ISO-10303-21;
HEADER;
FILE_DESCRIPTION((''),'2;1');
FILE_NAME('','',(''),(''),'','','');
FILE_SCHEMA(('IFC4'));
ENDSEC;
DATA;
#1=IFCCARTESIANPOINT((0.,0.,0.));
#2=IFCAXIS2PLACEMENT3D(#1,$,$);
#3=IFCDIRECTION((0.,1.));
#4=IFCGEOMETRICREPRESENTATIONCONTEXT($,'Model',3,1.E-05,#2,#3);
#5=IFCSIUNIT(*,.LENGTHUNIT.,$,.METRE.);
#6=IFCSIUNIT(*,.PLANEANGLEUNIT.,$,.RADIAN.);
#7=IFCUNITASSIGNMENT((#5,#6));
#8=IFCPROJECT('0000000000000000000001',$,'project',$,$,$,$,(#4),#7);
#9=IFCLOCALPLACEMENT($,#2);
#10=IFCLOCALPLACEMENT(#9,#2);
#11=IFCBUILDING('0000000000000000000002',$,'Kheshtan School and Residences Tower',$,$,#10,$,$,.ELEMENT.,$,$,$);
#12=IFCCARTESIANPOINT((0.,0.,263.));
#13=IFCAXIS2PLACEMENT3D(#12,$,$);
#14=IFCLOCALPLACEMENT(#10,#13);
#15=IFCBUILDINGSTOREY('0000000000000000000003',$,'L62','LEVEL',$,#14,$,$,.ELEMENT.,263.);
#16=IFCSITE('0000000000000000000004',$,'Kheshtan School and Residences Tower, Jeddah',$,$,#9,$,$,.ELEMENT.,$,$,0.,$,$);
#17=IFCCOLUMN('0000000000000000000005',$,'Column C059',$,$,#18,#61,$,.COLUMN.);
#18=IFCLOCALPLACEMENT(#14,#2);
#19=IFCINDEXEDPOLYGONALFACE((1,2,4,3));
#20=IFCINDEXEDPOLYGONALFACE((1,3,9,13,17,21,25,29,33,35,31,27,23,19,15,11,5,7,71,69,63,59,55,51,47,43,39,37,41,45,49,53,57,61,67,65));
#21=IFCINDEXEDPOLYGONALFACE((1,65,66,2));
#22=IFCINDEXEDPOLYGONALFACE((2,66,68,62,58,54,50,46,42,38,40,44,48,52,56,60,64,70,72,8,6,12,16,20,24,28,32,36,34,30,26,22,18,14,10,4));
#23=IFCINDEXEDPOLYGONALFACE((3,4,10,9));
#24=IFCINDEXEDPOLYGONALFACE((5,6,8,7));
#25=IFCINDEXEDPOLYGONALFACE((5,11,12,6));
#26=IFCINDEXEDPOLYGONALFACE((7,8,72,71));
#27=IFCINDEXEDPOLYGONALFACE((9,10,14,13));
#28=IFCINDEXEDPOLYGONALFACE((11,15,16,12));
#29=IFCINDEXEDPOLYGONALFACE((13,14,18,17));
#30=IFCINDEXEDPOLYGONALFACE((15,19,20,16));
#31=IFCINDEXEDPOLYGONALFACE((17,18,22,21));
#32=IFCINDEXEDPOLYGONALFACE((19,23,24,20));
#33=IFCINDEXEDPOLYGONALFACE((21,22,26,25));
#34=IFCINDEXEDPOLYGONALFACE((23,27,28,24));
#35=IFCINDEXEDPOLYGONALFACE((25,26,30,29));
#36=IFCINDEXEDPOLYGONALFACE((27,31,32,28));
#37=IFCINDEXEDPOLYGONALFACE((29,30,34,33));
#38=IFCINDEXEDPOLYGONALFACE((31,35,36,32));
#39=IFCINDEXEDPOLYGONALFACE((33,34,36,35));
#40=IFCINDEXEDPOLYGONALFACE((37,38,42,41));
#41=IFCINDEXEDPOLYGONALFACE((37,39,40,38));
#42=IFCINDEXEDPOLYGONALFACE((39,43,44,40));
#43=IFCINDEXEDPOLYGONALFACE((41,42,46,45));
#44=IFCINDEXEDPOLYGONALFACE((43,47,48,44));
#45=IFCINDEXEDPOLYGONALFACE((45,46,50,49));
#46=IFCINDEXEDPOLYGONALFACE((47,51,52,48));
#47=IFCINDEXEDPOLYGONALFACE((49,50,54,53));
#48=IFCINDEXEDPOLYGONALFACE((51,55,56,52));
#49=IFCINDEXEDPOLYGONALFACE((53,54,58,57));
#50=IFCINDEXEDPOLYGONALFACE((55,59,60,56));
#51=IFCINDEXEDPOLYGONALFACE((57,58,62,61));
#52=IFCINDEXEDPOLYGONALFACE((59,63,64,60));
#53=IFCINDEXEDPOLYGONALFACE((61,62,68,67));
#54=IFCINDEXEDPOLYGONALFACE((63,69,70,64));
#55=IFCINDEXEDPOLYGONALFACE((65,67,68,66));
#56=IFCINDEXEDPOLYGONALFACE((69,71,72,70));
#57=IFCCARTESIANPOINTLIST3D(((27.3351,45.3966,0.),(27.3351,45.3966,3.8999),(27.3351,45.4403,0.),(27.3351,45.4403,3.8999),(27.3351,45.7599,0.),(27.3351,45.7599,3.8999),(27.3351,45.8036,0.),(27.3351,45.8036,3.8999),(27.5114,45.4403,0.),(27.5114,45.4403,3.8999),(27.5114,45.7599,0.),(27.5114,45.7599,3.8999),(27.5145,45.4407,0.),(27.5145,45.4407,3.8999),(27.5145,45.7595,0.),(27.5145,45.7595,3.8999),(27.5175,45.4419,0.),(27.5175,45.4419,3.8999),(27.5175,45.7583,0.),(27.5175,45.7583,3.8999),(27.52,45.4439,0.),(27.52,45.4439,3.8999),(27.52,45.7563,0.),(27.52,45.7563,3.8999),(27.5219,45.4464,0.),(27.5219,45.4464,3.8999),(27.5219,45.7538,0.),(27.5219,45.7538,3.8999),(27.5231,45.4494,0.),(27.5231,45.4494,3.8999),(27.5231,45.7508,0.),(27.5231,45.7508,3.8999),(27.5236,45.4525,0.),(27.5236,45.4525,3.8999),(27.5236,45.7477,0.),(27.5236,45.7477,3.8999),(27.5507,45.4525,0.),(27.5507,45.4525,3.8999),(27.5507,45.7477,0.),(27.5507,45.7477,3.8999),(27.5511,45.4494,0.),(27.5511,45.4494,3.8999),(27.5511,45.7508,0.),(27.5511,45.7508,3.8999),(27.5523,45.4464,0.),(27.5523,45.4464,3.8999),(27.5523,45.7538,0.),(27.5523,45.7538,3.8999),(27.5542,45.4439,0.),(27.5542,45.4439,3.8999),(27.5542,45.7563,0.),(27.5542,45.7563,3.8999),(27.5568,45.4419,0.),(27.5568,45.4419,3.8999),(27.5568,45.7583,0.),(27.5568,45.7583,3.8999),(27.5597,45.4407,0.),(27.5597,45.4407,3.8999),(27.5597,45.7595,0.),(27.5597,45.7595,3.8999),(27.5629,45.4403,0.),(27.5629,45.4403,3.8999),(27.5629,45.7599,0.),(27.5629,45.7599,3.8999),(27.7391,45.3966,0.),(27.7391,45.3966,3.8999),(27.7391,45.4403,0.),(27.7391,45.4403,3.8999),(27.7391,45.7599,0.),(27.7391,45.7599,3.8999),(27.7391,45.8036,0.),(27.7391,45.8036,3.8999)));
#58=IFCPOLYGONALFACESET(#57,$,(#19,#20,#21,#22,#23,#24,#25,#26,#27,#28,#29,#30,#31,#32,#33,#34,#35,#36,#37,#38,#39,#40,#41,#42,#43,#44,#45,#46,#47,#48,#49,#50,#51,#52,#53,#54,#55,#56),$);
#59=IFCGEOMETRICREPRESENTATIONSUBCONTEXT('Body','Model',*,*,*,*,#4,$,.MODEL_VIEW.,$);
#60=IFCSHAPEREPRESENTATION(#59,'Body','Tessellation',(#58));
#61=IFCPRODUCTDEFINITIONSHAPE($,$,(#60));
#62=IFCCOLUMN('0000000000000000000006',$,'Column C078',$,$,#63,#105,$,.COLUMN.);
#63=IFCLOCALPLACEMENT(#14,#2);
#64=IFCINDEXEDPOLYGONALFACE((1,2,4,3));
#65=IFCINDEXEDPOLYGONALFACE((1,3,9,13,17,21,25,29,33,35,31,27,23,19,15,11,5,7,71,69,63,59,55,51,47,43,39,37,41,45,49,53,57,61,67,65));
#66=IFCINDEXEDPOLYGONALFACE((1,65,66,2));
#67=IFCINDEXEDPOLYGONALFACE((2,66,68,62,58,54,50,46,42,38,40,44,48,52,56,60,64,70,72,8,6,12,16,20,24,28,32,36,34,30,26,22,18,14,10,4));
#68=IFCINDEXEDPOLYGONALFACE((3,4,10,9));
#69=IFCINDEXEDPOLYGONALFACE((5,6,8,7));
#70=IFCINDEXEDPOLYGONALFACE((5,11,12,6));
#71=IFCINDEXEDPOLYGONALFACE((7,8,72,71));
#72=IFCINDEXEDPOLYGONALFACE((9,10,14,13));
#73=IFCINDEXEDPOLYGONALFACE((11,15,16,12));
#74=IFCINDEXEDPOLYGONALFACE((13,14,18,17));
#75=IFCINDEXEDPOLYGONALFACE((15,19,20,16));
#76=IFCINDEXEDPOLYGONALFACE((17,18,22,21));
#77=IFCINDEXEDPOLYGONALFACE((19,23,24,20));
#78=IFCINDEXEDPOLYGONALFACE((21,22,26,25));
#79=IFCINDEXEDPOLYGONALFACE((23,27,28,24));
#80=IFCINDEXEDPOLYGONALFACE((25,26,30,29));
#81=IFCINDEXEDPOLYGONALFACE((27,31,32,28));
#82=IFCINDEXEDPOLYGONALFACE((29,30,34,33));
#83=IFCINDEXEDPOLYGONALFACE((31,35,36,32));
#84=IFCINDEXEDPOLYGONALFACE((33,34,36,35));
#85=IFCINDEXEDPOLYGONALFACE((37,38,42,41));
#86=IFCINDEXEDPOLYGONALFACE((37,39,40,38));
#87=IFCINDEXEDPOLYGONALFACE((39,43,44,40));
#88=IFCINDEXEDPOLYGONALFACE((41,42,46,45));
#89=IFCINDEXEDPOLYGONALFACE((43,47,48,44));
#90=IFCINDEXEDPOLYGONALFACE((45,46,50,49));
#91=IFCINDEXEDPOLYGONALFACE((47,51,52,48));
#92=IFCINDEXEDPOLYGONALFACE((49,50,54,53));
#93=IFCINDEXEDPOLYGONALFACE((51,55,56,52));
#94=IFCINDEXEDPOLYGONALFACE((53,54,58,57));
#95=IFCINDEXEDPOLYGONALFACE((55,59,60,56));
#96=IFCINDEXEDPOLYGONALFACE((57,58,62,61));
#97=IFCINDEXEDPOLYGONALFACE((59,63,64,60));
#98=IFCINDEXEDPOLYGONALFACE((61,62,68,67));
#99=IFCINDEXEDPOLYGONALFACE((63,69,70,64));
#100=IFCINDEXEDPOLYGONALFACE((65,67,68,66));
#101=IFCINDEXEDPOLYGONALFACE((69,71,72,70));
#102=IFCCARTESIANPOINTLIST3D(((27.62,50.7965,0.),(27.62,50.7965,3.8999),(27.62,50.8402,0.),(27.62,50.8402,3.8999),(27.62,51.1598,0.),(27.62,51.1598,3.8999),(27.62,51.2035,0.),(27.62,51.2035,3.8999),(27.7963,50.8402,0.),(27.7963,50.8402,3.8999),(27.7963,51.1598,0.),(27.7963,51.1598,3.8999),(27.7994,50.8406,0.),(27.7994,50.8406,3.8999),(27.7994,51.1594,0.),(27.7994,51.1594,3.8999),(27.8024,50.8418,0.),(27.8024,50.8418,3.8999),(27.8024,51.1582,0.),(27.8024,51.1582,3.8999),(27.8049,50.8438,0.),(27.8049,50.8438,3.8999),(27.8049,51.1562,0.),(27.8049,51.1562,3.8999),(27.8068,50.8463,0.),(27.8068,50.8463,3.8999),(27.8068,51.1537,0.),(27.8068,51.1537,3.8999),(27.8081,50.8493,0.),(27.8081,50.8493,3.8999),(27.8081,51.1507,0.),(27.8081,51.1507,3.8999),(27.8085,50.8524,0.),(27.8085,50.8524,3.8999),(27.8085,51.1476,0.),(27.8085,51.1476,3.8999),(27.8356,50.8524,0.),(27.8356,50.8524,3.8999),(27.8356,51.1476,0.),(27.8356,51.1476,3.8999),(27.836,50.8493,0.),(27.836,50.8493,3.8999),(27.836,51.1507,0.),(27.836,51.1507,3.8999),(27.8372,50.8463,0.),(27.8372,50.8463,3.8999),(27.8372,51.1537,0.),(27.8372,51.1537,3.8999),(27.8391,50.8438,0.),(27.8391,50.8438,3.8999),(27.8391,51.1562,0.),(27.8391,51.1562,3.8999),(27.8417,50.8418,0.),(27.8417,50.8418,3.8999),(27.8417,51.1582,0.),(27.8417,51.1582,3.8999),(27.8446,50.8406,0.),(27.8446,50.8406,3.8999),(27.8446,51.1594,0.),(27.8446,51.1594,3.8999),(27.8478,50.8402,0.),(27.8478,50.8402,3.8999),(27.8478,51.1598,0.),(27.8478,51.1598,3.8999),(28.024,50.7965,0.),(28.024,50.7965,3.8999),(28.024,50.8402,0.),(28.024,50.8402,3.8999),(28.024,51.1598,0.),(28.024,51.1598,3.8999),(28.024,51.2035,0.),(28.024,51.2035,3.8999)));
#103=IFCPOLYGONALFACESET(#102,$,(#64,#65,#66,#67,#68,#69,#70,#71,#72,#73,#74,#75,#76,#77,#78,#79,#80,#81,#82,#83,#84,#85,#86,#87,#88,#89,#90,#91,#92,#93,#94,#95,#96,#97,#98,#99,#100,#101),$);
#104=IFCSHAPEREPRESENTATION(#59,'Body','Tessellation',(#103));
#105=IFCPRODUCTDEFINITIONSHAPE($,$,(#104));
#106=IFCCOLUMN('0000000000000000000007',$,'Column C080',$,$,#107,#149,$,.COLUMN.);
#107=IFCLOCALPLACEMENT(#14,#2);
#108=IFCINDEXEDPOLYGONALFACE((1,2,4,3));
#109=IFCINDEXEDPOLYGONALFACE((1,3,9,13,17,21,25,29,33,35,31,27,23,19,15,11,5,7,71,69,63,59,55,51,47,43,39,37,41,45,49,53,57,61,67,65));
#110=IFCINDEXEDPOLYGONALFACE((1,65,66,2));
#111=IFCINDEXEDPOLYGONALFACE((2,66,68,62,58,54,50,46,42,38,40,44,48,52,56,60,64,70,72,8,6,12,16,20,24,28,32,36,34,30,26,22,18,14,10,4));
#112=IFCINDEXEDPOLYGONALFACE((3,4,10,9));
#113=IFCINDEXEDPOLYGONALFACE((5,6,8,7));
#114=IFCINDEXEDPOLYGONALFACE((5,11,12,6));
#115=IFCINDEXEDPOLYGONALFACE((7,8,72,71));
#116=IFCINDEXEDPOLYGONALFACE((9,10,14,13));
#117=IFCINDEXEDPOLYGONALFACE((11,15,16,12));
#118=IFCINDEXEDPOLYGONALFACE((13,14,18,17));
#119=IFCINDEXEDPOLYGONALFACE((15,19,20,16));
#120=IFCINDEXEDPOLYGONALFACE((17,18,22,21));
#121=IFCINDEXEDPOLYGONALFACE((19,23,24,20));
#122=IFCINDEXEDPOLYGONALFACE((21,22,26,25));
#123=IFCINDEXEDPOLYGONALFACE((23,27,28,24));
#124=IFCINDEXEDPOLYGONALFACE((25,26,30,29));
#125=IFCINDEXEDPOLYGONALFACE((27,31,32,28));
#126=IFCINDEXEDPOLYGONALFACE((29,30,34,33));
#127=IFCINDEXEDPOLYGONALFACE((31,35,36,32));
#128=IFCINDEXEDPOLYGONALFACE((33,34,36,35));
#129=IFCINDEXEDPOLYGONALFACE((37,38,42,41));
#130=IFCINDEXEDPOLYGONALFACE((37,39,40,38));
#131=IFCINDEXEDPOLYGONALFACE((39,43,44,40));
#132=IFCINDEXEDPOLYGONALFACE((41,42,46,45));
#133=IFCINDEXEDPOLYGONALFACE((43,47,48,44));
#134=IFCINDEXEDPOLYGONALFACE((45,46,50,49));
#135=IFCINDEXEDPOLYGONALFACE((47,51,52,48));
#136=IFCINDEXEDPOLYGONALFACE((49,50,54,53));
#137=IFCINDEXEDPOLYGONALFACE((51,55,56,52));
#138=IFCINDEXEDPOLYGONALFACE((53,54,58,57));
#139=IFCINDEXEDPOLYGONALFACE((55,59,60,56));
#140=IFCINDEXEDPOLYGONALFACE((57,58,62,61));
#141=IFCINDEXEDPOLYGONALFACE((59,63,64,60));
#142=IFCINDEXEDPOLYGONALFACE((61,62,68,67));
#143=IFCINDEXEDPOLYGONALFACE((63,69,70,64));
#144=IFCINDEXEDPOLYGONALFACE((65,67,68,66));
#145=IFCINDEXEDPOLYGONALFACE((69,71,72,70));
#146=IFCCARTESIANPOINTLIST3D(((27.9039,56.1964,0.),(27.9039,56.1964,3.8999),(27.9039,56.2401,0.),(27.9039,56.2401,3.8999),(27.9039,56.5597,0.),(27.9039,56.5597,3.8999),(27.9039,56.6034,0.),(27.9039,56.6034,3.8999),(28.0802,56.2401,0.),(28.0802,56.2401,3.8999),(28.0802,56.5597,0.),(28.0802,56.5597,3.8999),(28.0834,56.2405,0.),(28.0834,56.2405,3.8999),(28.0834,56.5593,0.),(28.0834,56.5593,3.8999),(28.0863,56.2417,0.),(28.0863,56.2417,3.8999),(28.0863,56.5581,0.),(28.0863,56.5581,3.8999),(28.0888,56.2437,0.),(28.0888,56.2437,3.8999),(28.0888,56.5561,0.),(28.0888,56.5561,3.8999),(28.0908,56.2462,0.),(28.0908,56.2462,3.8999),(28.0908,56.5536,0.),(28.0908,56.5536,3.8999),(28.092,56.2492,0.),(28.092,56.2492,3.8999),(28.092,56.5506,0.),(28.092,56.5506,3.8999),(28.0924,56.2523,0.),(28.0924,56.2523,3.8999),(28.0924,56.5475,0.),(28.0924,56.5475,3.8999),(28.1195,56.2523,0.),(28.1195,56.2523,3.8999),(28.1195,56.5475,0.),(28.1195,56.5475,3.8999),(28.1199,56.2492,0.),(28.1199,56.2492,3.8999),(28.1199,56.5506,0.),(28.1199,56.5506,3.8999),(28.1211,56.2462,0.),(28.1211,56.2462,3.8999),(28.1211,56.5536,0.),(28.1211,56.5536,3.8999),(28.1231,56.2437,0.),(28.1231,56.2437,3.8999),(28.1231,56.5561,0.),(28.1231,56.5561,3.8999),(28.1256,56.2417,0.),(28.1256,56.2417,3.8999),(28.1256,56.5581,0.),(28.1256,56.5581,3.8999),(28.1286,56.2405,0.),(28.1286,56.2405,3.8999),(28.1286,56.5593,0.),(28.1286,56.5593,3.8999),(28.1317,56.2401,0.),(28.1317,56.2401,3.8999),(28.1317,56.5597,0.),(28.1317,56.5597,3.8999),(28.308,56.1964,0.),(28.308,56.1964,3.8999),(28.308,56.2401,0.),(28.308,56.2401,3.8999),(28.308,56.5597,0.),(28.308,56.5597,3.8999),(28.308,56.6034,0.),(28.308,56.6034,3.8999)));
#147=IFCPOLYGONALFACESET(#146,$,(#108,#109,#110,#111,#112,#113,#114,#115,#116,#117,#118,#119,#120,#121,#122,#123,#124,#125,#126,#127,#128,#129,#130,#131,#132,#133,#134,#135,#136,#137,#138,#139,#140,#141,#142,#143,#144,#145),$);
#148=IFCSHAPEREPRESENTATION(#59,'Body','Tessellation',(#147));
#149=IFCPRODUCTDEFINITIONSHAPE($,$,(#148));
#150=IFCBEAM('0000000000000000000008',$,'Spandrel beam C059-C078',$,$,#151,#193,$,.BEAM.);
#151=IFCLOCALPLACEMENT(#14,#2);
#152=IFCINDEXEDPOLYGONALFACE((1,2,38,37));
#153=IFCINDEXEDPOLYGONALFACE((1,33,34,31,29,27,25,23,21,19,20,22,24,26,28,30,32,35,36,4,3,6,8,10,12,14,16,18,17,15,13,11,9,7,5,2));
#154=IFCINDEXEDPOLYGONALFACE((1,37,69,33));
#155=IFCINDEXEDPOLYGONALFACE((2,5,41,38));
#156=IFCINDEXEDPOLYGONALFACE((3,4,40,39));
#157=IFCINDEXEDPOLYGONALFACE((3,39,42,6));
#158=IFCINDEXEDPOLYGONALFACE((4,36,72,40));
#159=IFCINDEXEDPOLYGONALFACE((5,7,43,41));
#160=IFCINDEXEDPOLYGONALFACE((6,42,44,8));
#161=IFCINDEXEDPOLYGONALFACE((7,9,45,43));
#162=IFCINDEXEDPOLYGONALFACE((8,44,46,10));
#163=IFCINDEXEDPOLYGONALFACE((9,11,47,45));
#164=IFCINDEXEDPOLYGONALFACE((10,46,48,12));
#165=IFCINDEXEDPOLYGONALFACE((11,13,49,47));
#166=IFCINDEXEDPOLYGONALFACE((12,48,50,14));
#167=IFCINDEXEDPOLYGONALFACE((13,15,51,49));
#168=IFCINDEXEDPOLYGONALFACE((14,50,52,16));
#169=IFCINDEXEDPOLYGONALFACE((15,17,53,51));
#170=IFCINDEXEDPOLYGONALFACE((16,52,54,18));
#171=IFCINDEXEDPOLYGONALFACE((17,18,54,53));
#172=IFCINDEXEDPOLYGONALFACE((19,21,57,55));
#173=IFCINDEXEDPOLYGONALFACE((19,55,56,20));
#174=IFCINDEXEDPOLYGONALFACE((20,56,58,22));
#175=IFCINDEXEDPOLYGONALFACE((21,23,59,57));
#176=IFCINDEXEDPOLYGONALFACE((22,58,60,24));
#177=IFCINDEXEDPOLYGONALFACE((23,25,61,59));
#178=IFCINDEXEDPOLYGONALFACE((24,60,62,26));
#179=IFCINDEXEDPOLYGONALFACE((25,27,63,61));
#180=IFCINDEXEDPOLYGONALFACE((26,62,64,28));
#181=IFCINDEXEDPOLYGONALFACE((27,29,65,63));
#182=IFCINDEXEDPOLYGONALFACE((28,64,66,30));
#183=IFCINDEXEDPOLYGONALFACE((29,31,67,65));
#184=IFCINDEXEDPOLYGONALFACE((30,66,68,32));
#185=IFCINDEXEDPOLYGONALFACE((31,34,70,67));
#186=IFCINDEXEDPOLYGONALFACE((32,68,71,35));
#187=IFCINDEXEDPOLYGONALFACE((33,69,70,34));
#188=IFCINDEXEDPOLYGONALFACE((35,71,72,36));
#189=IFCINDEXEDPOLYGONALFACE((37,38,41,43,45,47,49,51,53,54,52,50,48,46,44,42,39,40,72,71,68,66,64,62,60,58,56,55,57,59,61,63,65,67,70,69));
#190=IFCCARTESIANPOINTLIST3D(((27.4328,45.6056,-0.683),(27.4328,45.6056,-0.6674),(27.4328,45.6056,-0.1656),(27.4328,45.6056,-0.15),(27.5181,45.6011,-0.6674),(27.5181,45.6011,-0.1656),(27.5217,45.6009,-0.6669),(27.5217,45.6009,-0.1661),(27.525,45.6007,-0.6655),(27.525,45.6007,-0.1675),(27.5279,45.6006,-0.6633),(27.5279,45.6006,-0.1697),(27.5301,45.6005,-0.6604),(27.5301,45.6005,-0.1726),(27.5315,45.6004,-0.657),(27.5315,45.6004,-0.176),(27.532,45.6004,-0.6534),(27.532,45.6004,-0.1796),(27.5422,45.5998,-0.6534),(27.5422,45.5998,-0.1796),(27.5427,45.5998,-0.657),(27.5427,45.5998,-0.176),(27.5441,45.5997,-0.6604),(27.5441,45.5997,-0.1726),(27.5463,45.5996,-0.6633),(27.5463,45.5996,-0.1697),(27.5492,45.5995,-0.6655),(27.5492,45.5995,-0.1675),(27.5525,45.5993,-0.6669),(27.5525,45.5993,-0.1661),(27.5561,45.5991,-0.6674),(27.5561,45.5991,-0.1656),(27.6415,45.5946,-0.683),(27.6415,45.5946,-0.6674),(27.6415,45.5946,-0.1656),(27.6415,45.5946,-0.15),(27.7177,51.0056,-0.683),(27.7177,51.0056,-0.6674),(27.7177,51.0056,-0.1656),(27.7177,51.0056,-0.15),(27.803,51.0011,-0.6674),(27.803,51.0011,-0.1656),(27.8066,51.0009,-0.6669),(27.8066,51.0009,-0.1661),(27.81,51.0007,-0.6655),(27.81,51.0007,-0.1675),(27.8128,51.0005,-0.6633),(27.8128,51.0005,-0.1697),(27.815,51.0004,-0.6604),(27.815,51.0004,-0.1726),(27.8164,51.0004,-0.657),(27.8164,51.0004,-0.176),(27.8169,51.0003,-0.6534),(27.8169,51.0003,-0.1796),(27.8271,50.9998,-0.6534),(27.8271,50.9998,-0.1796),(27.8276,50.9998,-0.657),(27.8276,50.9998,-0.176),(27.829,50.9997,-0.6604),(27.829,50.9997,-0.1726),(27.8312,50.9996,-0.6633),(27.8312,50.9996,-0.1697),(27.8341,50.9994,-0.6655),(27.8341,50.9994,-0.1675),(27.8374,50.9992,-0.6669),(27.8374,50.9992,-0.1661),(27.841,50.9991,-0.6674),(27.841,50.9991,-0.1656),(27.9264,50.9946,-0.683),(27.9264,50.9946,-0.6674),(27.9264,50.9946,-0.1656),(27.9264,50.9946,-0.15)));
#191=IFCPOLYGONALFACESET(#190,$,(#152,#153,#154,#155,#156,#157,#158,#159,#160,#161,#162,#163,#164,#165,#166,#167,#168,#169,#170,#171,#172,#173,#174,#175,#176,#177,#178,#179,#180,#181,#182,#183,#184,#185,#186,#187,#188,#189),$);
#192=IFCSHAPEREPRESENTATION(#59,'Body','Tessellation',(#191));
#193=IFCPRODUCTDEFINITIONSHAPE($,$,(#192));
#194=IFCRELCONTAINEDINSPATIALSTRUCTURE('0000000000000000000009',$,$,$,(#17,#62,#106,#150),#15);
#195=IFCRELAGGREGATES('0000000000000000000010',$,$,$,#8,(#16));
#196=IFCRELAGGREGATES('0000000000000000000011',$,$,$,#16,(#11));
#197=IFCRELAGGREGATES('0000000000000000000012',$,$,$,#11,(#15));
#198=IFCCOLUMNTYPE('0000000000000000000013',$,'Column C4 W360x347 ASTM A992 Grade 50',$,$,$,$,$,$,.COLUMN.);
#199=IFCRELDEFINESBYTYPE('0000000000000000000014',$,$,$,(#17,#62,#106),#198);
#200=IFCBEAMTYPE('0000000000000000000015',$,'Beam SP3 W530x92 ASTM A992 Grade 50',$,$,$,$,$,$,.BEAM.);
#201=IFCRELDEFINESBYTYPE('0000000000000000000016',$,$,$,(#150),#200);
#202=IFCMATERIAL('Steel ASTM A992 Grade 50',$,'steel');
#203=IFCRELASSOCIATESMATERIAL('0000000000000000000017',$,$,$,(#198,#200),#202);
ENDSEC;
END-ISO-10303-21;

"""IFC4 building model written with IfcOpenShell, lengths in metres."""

from ifc_helpers import new_model, si_unit, direction, frame, origin, origin_2d, place, context, subcontext, project, spatial, i_section, extrude, material, material_profile, profile_set, type_object, element, save


model = new_model("IFC4")

# Units and contexts
model_context = context("Model", 3, precision=1e-05, world=origin(), true_north=direction((0.0, 1.0)))
body_context = subcontext(model_context, "Body", "Model", "MODEL_VIEW")
ifc_project = project(units=[si_unit("LENGTHUNIT", "METRE"), si_unit("PLANEANGLEUNIT", "RADIAN")], contexts=[model_context])

# Site, building, storey
site_placement = place(None, origin())
site = spatial("IfcSite", under=ifc_project, at=site_placement, Name="Kheshtan School and Residences Tower, Jeddah", CompositionType="ELEMENT", RefElevation=0.0)
building_placement = place(site_placement, origin())
building = spatial("IfcBuilding", under=site, at=building_placement, Name="Kheshtan School and Residences Tower", CompositionType="ELEMENT")
storey_placement = place(building_placement, frame((0.0, 0.0, 263.0)))
storey = spatial("IfcBuildingStorey", under=building, at=storey_placement, Name="L62", Description="LEVEL", CompositionType="ELEMENT", Elevation=263.0)

# Columns
ifc_material_1 = material(Name="Steel ASTM A992 Grade 50", Category="steel")
ifc_material_profile_1 = material_profile(ifc_material_1, i_section(OverallWidth=0.4041, OverallDepth=0.407, WebThickness=0.0271, FlangeThickness=0.0437, FilletRadius=0.0122, at=origin_2d()), Name="W360x347")
ifc_profile_set_1 = profile_set([ifc_material_profile_1], Name="Steel ASTM A992 Grade 50")
column_type = type_object("IfcColumnType", Name="Column C4 W360x347 ASTM A992 Grade 50", PredefinedType="COLUMN", material=ifc_profile_set_1)
for number, where, z_axis, x_axis, name in (
    (1, (27.5371, 45.6001, 0.0), (0.0, 0.0, 1.0), (1.0, 0.0, 0.0), "Column C059"),
    (2, (27.822, 51.0, 0.0), (0.0, 0.0, 1.0), (1.0, 0.0, 0.0), "Column C078"),
    (3, (28.106, 56.3999, 0.0), (0.0, 0.0, 1.0), (1.0, 0.0, 0.0), "Column C080"),
):
    element("IfcColumn", number, at=place(storey_placement, frame(where, z_axis=z_axis, x_axis=x_axis)), inside=storey, type_object=column_type, Name=name, PredefinedType="COLUMN", context=body_context, shape_type="SweptSolid", body=[
        extrude(i_section(OverallWidth=0.4041, OverallDepth=0.407, WebThickness=0.0271, FlangeThickness=0.0437, FilletRadius=0.0122, at=origin_2d()), origin(), (0.0, 0.0, 1.0), 3.8999),
    ])

# Beam
ifc_material_profile_2 = material_profile(ifc_material_1, i_section(OverallWidth=0.209, OverallDepth=0.533, WebThickness=0.0103, FlangeThickness=0.0156, FilletRadius=0.0139, at=origin_2d()), Name="W530x92")
ifc_profile_set_2 = profile_set([ifc_material_profile_2], Name="Steel ASTM A992 Grade 50")
beam_type = type_object("IfcBeamType", Name="Beam SP3 W530x92 ASTM A992 Grade 50", PredefinedType="BEAM", material=ifc_profile_set_2)
for number, where, z_axis, x_axis, name in (
    (4, (27.5371, 45.6001, -0.4165), (0.052689, 0.998611, 0.0), (-0.998611, 0.052689, 0.0), "Spandrel beam C059-C078"),
):
    element("IfcBeam", number, at=place(storey_placement, frame(where, z_axis=z_axis, x_axis=x_axis)), inside=storey, type_object=beam_type, Name=name, PredefinedType="BEAM", context=body_context, shape_type="SweptSolid", body=[
        extrude(i_section(OverallWidth=0.209, OverallDepth=0.533, WebThickness=0.0103, FlangeThickness=0.0156, FilletRadius=0.0139, at=origin_2d()), origin(), (0.0, 0.0, 1.0), 5.4075),
    ])

save(model, "model.ifc")
